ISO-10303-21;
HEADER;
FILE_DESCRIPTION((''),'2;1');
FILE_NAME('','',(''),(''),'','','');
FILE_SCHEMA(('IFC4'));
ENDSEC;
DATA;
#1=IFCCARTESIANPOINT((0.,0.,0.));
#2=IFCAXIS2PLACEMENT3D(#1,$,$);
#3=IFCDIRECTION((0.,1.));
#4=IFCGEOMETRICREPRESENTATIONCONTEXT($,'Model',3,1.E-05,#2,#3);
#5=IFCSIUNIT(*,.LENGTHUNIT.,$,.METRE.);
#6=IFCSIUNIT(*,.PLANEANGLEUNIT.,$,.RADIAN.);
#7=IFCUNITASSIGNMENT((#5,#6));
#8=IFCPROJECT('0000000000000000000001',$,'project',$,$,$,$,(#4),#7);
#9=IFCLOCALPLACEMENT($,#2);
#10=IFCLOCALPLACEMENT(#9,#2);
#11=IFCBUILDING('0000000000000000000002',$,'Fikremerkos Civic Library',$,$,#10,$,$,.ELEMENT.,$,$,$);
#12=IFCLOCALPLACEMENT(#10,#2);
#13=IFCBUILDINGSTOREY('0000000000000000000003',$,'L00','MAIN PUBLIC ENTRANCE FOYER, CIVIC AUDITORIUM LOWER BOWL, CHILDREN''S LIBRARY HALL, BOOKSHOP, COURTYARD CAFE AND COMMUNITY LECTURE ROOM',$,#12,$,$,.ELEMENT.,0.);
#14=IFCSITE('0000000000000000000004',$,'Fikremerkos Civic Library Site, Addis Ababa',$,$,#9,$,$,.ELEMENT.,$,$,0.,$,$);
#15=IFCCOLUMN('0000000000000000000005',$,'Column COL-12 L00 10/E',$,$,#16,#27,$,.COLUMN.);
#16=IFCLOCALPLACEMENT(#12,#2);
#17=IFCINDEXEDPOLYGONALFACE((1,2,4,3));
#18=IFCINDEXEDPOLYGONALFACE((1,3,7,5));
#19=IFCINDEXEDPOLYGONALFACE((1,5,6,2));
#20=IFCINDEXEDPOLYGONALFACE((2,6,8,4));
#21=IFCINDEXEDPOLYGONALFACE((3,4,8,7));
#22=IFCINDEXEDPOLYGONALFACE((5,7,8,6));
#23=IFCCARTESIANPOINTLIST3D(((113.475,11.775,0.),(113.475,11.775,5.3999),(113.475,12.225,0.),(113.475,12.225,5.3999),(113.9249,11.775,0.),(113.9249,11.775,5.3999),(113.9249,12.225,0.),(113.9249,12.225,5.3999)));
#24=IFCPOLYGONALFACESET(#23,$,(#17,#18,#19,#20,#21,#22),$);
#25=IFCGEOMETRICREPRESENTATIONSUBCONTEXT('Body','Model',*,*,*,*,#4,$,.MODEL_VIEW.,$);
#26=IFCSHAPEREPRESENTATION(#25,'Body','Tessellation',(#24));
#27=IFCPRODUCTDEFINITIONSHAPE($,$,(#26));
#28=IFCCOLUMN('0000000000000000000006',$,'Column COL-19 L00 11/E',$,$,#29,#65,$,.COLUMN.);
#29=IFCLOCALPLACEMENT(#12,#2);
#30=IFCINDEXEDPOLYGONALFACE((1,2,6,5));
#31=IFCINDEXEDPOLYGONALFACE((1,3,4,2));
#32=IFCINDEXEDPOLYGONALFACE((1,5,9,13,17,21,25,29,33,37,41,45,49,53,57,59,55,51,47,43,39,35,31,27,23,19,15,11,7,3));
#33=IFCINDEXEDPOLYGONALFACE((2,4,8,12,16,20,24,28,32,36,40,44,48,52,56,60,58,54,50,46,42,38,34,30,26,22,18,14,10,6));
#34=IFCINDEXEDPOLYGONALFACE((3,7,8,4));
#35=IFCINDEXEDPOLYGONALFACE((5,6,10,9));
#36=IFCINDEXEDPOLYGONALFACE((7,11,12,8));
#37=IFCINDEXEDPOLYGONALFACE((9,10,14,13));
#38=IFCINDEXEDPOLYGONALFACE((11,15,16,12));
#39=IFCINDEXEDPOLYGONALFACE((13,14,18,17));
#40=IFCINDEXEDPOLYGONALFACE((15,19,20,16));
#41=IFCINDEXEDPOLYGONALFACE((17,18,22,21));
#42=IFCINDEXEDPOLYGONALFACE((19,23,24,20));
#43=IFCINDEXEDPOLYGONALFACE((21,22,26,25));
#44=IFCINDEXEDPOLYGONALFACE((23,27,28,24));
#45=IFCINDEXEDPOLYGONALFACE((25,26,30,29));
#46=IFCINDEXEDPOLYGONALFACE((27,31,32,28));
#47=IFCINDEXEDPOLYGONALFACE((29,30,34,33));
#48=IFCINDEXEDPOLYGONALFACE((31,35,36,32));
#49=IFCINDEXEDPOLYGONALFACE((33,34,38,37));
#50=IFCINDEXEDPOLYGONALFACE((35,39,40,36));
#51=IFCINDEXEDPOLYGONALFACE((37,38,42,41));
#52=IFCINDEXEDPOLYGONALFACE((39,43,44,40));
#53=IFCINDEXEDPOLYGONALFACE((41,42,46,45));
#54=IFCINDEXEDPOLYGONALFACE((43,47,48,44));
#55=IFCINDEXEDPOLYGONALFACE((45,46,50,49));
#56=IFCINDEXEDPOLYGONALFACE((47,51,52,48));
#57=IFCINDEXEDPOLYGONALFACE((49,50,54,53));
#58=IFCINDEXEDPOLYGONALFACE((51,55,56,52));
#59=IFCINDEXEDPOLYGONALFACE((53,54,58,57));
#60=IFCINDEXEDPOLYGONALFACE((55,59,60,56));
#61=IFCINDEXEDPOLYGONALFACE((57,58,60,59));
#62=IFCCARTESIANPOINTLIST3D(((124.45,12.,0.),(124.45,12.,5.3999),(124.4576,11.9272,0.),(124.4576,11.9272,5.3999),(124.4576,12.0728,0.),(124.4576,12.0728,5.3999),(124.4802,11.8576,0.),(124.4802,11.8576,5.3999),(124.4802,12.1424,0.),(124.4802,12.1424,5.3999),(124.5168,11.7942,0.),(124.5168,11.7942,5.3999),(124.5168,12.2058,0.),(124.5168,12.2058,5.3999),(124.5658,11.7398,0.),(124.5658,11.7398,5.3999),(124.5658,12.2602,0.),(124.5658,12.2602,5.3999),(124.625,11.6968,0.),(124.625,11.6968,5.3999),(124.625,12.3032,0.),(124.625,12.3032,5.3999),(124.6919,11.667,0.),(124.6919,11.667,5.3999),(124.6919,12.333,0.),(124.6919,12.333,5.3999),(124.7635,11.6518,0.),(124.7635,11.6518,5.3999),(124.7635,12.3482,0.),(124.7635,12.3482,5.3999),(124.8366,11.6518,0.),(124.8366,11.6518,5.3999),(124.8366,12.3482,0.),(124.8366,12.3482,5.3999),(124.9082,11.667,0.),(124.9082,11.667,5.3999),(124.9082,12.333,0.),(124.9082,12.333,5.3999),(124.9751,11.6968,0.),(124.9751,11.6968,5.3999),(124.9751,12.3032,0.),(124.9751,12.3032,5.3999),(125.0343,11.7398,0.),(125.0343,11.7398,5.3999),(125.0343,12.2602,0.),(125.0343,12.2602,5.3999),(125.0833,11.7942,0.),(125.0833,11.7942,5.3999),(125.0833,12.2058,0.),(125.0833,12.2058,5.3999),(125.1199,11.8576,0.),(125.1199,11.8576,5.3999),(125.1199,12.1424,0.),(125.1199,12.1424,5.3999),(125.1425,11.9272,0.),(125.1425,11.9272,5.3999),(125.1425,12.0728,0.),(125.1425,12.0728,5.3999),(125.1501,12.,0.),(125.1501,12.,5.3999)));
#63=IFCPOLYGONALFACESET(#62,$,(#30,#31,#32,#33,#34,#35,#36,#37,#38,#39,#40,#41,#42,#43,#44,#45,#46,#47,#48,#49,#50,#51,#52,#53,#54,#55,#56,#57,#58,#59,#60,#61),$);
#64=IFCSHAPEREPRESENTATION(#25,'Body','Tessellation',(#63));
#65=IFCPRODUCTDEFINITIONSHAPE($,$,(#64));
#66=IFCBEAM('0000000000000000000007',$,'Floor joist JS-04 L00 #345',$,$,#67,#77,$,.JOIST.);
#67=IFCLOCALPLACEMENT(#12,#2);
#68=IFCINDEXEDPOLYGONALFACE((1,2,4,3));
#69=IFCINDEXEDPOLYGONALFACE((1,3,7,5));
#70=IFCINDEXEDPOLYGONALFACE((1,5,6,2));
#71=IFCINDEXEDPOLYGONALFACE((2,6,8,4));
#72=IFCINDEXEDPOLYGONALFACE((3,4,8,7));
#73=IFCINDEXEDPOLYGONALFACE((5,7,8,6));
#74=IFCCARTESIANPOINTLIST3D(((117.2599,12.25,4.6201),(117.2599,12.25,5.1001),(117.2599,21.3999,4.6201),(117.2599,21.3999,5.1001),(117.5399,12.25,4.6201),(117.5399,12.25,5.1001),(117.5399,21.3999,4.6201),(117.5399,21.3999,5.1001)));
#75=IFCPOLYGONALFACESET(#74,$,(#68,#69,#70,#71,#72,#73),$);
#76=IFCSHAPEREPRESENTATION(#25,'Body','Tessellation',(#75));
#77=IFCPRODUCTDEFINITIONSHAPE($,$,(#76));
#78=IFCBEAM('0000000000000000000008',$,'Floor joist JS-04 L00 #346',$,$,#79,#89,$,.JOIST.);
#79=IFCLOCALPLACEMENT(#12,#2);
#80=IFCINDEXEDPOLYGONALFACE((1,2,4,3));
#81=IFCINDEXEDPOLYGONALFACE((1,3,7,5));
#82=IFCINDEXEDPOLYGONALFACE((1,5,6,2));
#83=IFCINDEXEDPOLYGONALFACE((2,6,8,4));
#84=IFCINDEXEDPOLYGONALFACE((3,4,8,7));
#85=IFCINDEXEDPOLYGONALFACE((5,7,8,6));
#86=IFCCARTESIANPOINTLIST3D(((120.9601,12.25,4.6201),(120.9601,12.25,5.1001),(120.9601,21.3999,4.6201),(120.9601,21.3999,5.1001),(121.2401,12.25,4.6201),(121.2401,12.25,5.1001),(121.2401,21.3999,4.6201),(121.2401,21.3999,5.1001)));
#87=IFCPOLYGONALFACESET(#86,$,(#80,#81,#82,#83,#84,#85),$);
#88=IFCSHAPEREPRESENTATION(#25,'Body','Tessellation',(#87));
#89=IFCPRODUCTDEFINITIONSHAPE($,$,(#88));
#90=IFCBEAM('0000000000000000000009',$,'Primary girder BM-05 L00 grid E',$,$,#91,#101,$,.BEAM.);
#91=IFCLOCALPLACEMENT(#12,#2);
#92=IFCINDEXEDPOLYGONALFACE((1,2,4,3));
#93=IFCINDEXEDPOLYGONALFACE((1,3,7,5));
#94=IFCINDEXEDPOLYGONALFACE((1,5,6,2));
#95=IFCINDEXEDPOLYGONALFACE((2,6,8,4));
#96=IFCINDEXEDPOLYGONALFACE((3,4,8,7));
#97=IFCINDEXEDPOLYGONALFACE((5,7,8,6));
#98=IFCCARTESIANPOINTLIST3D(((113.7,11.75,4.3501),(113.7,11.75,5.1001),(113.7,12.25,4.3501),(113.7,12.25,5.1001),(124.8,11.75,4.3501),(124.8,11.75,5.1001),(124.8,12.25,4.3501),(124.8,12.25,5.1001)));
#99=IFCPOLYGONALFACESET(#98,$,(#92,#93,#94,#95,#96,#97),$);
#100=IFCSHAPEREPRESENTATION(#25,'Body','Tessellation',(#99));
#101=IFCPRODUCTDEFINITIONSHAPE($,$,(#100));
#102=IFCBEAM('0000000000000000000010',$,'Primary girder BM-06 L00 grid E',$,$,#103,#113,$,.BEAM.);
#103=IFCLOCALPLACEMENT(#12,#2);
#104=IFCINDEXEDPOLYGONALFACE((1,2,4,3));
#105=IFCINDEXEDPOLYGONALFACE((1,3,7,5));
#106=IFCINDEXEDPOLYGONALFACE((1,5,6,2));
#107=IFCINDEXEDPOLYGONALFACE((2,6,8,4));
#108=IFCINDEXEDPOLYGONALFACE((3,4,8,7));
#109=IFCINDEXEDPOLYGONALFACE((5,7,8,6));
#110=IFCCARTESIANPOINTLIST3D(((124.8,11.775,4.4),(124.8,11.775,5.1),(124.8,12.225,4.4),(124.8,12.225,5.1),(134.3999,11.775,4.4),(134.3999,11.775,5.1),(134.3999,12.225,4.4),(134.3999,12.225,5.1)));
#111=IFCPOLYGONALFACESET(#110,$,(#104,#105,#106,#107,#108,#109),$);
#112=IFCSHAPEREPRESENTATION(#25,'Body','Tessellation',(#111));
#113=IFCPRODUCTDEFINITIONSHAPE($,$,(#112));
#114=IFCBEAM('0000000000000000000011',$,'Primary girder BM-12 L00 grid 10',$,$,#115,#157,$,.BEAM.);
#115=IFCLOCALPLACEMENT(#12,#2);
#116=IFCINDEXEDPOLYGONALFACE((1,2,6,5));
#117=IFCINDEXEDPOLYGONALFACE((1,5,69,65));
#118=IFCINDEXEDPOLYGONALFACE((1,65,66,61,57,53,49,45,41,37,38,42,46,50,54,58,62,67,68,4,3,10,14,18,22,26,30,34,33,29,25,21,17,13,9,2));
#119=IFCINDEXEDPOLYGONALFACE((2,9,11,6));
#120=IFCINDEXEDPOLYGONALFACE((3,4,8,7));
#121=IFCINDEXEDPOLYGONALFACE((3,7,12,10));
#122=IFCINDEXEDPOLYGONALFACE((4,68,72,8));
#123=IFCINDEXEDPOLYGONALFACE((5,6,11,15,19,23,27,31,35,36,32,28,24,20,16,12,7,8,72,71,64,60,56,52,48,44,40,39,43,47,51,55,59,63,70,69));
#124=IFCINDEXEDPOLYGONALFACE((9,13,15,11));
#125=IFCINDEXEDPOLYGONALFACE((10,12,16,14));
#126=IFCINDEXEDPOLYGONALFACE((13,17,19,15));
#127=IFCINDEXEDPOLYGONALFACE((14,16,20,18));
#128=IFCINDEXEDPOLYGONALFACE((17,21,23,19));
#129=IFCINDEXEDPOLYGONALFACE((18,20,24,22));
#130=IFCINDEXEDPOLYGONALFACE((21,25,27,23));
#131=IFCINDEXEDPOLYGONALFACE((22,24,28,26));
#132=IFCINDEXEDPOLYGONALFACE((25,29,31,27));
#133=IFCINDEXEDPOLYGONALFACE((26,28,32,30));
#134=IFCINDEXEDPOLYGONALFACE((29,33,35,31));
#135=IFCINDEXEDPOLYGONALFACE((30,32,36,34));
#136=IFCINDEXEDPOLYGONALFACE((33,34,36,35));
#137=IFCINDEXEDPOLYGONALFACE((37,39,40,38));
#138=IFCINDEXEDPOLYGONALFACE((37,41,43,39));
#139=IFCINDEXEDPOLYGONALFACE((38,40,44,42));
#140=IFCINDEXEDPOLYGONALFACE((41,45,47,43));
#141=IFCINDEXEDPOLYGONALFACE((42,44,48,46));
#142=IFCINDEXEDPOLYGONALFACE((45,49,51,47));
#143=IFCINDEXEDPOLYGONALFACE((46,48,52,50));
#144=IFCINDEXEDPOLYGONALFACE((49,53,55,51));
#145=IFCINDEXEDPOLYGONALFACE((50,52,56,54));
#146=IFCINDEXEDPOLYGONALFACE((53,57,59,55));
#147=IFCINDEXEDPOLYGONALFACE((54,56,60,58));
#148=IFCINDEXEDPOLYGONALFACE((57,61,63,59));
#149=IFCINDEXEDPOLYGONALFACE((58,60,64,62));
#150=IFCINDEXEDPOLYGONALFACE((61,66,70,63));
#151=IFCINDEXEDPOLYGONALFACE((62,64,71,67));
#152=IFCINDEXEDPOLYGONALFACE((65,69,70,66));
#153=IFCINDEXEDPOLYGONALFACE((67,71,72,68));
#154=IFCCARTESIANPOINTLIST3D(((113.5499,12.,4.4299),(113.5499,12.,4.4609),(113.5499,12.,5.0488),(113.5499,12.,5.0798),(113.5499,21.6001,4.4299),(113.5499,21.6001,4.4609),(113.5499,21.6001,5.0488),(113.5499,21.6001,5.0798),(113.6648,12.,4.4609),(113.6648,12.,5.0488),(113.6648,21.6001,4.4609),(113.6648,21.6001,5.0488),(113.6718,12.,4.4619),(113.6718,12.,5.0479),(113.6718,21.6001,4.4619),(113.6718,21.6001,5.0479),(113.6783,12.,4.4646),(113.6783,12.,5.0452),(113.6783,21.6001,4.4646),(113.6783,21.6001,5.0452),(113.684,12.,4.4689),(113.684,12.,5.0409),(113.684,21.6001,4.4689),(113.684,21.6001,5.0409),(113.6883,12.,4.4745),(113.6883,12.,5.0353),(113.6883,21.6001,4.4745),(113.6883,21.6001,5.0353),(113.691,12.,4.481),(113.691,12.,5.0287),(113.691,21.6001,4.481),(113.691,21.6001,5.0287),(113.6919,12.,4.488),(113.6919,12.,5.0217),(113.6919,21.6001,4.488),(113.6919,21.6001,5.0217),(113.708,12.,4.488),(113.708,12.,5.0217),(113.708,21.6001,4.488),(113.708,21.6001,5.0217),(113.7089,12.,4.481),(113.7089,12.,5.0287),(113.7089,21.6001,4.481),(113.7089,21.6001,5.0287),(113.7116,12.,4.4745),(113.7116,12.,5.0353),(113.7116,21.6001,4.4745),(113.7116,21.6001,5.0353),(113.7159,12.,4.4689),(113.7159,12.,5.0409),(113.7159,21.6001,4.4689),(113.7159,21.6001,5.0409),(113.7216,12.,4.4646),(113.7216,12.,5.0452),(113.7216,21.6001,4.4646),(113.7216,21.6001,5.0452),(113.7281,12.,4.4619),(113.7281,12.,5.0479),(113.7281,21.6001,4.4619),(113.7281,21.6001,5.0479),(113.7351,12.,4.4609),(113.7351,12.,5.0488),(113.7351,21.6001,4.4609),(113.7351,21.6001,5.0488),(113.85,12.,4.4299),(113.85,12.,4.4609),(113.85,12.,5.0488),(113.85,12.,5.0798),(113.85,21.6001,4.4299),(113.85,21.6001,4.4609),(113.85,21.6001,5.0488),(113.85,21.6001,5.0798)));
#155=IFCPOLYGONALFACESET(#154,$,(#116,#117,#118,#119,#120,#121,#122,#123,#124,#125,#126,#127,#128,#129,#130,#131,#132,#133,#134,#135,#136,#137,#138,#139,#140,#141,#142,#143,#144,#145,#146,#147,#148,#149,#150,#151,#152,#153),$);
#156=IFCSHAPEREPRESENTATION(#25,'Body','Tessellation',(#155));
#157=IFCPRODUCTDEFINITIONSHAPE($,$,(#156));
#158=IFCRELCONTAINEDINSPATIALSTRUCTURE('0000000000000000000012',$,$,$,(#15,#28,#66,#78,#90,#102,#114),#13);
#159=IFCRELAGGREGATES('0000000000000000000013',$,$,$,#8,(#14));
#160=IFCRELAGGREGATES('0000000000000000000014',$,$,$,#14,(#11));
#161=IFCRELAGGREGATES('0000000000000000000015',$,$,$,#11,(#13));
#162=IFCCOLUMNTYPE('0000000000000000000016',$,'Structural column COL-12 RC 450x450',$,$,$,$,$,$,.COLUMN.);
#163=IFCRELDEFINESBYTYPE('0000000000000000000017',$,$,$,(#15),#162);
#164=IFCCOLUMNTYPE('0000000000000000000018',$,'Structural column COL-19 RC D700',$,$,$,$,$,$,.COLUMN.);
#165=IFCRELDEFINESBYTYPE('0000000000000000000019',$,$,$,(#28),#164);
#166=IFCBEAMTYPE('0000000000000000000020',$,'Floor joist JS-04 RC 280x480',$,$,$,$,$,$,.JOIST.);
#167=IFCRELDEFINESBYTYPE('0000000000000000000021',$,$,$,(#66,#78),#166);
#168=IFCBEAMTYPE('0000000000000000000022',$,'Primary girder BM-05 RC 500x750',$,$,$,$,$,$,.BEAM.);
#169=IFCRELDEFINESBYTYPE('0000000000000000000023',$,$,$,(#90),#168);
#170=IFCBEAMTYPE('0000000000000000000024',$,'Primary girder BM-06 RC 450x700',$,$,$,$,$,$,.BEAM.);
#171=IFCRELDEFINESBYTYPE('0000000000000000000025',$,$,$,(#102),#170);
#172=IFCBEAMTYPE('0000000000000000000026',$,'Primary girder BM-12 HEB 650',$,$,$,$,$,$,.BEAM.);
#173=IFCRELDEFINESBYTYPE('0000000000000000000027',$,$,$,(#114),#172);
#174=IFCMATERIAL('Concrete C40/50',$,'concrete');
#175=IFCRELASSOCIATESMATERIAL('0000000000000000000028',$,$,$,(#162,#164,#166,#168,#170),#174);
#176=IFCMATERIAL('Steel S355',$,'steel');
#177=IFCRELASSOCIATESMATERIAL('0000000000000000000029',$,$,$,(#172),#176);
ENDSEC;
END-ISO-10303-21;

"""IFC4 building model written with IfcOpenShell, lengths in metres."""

from ifc_helpers import new_model, si_unit, direction, frame, origin, origin_2d, place, context, subcontext, project, spatial, rectangle, circle, i_section, extrude, material, material_profile, profile_set, type_object, element, save


model = new_model("IFC4")

# Units and contexts
model_context = context("Model", 3, precision=1e-05, world=origin(), true_north=direction((0.0, 1.0)))
body_context = subcontext(model_context, "Body", "Model", "MODEL_VIEW")
ifc_project = project(units=[si_unit("LENGTHUNIT", "METRE"), si_unit("PLANEANGLEUNIT", "RADIAN")], contexts=[model_context])

# Site, building, storey
site_placement = place(None, origin())
site = spatial("IfcSite", under=ifc_project, at=site_placement, Name="Fikremerkos Civic Library Site, Addis Ababa", CompositionType="ELEMENT", RefElevation=0.0)
building_placement = place(site_placement, origin())
building = spatial("IfcBuilding", under=site, at=building_placement, Name="Fikremerkos Civic Library", CompositionType="ELEMENT")
storey_placement = place(building_placement, origin())
storey = spatial("IfcBuildingStorey", under=building, at=storey_placement, Name="L00", Description="MAIN PUBLIC ENTRANCE FOYER, CIVIC AUDITORIUM LOWER BOWL, CHILDREN'S LIBRARY HALL, BOOKSHOP, COURTYARD CAFE AND COMMUNITY LECTURE ROOM", CompositionType="ELEMENT", Elevation=0.0)

# Columns
ifc_material_1 = material(Name="Concrete C40/50", Category="concrete")
ifc_material_profile_1 = material_profile(ifc_material_1, rectangle(XDim=0.45, YDim=0.45, at=origin_2d()), Name="RC 450x450")
ifc_profile_set_1 = profile_set([ifc_material_profile_1], Name="Concrete C40/50")
column_type_1 = type_object("IfcColumnType", Name="Structural column COL-12 RC 450x450", PredefinedType="COLUMN", material=ifc_profile_set_1)
column_1_placement = place(storey_placement, frame((113.7, 12.0, 0.0), z_axis=(0.0, 0.0, 1.0), x_axis=(1.0, 0.0, 0.0)))
element("IfcColumn", 1, at=column_1_placement, inside=storey, type_object=column_type_1, Name="Column COL-12 L00 10/E", PredefinedType="COLUMN", context=body_context, shape_type="SweptSolid", body=[
    extrude(rectangle(XDim=0.45, YDim=0.45, at=origin_2d()), origin(), (0.0, 0.0, 1.0), 5.3999),
])
ifc_material_profile_2 = material_profile(ifc_material_1, circle(Radius=0.3501, at=origin_2d()), Name="RC D700")
ifc_profile_set_2 = profile_set([ifc_material_profile_2], Name="Concrete C40/50")
column_type_2 = type_object("IfcColumnType", Name="Structural column COL-19 RC D700", PredefinedType="COLUMN", material=ifc_profile_set_2)
column_2_placement = place(storey_placement, frame((124.8, 12.0, 0.0), z_axis=(0.0, 0.0, 1.0), x_axis=(1.0, 0.0, 0.0)))
element("IfcColumn", 2, at=column_2_placement, inside=storey, type_object=column_type_2, Name="Column COL-19 L00 11/E", PredefinedType="COLUMN", context=body_context, shape_type="SweptSolid", body=[
    extrude(circle(Radius=0.3501, at=origin_2d()), origin(), (0.0, 0.0, 1.0), 5.3999),
])

# Beams
ifc_material_profile_3 = material_profile(ifc_material_1, rectangle(XDim=0.28, YDim=0.48, at=origin_2d()), Name="RC 280x480")
ifc_profile_set_3 = profile_set([ifc_material_profile_3], Name="Concrete C40/50")
beam_type_1 = type_object("IfcBeamType", Name="Floor joist JS-04 RC 280x480", PredefinedType="JOIST", material=ifc_profile_set_3)
for number, where, z_axis, x_axis, name in (
    (3, (117.3999, 12.25, 4.8601), (0.0, 1.0, 0.0), (-1.0, 0.0, 0.0), "Floor joist JS-04 L00 #345"),
    (4, (121.1001, 12.25, 4.8601), (0.0, 1.0, 0.0), (-1.0, 0.0, 0.0), "Floor joist JS-04 L00 #346"),
):
    element("IfcBeam", number, at=place(storey_placement, frame(where, z_axis=z_axis, x_axis=x_axis)), inside=storey, type_object=beam_type_1, Name=name, PredefinedType="JOIST", context=body_context, shape_type="SweptSolid", body=[
        extrude(rectangle(XDim=0.28, YDim=0.48, at=origin_2d()), origin(), (0.0, 0.0, 1.0), 9.1499),
    ])
ifc_material_profile_4 = material_profile(ifc_material_1, rectangle(XDim=0.5, YDim=0.75, at=origin_2d()), Name="RC 500x750")
ifc_profile_set_4 = profile_set([ifc_material_profile_4], Name="Concrete C40/50")
beam_type_2 = type_object("IfcBeamType", Name="Primary girder BM-05 RC 500x750", PredefinedType="BEAM", material=ifc_profile_set_4)
beam_1_placement = place(storey_placement, frame((113.7, 12.0, 4.7251), z_axis=(1.0, 0.0, 0.0), x_axis=(0.0, 1.0, 0.0)))
element("IfcBeam", 5, at=beam_1_placement, inside=storey, type_object=beam_type_2, Name="Primary girder BM-05 L00 grid E", PredefinedType="BEAM", context=body_context, shape_type="SweptSolid", body=[
    extrude(rectangle(XDim=0.5, YDim=0.75, at=origin_2d()), origin(), (0.0, 0.0, 1.0), 11.1001),
])
ifc_material_profile_5 = material_profile(ifc_material_1, rectangle(XDim=0.45, YDim=0.7, at=origin_2d()), Name="RC 450x700")
ifc_profile_set_5 = profile_set([ifc_material_profile_5], Name="Concrete C40/50")
beam_type_3 = type_object("IfcBeamType", Name="Primary girder BM-06 RC 450x700", PredefinedType="BEAM", material=ifc_profile_set_5)
beam_2_placement = place(storey_placement, frame((124.8, 12.0, 4.75), z_axis=(1.0, 0.0, 0.0), x_axis=(0.0, 1.0, 0.0)))
element("IfcBeam", 6, at=beam_2_placement, inside=storey, type_object=beam_type_3, Name="Primary girder BM-06 L00 grid E", PredefinedType="BEAM", context=body_context, shape_type="SweptSolid", body=[
    extrude(rectangle(XDim=0.45, YDim=0.7, at=origin_2d()), origin(), (0.0, 0.0, 1.0), 9.5999),
])
ifc_material_2 = material(Name="Steel S355", Category="steel")
ifc_material_profile_6 = material_profile(ifc_material_2, i_section(OverallWidth=0.3, OverallDepth=0.6499, WebThickness=0.0161, FlangeThickness=0.031, FilletRadius=0.0271, at=origin_2d()), Name="HEB 650")
ifc_profile_set_6 = profile_set([ifc_material_profile_6], Name="Steel S355")
beam_type_4 = type_object("IfcBeamType", Name="Primary girder BM-12 HEB 650", PredefinedType="BEAM", material=ifc_profile_set_6)
beam_3_placement = place(storey_placement, frame((113.7, 12.0, 4.7549), z_axis=(0.0, 1.0, 0.0), x_axis=(-1.0, 0.0, 0.0)))
element("IfcBeam", 7, at=beam_3_placement, inside=storey, type_object=beam_type_4, Name="Primary girder BM-12 L00 grid 10", PredefinedType="BEAM", context=body_context, shape_type="SweptSolid", body=[
    extrude(i_section(OverallWidth=0.3, OverallDepth=0.6499, WebThickness=0.0161, FlangeThickness=0.031, FilletRadius=0.0271, at=origin_2d()), origin(), (0.0, 0.0, 1.0), 9.6001),
])

save(model, "model.ifc")
